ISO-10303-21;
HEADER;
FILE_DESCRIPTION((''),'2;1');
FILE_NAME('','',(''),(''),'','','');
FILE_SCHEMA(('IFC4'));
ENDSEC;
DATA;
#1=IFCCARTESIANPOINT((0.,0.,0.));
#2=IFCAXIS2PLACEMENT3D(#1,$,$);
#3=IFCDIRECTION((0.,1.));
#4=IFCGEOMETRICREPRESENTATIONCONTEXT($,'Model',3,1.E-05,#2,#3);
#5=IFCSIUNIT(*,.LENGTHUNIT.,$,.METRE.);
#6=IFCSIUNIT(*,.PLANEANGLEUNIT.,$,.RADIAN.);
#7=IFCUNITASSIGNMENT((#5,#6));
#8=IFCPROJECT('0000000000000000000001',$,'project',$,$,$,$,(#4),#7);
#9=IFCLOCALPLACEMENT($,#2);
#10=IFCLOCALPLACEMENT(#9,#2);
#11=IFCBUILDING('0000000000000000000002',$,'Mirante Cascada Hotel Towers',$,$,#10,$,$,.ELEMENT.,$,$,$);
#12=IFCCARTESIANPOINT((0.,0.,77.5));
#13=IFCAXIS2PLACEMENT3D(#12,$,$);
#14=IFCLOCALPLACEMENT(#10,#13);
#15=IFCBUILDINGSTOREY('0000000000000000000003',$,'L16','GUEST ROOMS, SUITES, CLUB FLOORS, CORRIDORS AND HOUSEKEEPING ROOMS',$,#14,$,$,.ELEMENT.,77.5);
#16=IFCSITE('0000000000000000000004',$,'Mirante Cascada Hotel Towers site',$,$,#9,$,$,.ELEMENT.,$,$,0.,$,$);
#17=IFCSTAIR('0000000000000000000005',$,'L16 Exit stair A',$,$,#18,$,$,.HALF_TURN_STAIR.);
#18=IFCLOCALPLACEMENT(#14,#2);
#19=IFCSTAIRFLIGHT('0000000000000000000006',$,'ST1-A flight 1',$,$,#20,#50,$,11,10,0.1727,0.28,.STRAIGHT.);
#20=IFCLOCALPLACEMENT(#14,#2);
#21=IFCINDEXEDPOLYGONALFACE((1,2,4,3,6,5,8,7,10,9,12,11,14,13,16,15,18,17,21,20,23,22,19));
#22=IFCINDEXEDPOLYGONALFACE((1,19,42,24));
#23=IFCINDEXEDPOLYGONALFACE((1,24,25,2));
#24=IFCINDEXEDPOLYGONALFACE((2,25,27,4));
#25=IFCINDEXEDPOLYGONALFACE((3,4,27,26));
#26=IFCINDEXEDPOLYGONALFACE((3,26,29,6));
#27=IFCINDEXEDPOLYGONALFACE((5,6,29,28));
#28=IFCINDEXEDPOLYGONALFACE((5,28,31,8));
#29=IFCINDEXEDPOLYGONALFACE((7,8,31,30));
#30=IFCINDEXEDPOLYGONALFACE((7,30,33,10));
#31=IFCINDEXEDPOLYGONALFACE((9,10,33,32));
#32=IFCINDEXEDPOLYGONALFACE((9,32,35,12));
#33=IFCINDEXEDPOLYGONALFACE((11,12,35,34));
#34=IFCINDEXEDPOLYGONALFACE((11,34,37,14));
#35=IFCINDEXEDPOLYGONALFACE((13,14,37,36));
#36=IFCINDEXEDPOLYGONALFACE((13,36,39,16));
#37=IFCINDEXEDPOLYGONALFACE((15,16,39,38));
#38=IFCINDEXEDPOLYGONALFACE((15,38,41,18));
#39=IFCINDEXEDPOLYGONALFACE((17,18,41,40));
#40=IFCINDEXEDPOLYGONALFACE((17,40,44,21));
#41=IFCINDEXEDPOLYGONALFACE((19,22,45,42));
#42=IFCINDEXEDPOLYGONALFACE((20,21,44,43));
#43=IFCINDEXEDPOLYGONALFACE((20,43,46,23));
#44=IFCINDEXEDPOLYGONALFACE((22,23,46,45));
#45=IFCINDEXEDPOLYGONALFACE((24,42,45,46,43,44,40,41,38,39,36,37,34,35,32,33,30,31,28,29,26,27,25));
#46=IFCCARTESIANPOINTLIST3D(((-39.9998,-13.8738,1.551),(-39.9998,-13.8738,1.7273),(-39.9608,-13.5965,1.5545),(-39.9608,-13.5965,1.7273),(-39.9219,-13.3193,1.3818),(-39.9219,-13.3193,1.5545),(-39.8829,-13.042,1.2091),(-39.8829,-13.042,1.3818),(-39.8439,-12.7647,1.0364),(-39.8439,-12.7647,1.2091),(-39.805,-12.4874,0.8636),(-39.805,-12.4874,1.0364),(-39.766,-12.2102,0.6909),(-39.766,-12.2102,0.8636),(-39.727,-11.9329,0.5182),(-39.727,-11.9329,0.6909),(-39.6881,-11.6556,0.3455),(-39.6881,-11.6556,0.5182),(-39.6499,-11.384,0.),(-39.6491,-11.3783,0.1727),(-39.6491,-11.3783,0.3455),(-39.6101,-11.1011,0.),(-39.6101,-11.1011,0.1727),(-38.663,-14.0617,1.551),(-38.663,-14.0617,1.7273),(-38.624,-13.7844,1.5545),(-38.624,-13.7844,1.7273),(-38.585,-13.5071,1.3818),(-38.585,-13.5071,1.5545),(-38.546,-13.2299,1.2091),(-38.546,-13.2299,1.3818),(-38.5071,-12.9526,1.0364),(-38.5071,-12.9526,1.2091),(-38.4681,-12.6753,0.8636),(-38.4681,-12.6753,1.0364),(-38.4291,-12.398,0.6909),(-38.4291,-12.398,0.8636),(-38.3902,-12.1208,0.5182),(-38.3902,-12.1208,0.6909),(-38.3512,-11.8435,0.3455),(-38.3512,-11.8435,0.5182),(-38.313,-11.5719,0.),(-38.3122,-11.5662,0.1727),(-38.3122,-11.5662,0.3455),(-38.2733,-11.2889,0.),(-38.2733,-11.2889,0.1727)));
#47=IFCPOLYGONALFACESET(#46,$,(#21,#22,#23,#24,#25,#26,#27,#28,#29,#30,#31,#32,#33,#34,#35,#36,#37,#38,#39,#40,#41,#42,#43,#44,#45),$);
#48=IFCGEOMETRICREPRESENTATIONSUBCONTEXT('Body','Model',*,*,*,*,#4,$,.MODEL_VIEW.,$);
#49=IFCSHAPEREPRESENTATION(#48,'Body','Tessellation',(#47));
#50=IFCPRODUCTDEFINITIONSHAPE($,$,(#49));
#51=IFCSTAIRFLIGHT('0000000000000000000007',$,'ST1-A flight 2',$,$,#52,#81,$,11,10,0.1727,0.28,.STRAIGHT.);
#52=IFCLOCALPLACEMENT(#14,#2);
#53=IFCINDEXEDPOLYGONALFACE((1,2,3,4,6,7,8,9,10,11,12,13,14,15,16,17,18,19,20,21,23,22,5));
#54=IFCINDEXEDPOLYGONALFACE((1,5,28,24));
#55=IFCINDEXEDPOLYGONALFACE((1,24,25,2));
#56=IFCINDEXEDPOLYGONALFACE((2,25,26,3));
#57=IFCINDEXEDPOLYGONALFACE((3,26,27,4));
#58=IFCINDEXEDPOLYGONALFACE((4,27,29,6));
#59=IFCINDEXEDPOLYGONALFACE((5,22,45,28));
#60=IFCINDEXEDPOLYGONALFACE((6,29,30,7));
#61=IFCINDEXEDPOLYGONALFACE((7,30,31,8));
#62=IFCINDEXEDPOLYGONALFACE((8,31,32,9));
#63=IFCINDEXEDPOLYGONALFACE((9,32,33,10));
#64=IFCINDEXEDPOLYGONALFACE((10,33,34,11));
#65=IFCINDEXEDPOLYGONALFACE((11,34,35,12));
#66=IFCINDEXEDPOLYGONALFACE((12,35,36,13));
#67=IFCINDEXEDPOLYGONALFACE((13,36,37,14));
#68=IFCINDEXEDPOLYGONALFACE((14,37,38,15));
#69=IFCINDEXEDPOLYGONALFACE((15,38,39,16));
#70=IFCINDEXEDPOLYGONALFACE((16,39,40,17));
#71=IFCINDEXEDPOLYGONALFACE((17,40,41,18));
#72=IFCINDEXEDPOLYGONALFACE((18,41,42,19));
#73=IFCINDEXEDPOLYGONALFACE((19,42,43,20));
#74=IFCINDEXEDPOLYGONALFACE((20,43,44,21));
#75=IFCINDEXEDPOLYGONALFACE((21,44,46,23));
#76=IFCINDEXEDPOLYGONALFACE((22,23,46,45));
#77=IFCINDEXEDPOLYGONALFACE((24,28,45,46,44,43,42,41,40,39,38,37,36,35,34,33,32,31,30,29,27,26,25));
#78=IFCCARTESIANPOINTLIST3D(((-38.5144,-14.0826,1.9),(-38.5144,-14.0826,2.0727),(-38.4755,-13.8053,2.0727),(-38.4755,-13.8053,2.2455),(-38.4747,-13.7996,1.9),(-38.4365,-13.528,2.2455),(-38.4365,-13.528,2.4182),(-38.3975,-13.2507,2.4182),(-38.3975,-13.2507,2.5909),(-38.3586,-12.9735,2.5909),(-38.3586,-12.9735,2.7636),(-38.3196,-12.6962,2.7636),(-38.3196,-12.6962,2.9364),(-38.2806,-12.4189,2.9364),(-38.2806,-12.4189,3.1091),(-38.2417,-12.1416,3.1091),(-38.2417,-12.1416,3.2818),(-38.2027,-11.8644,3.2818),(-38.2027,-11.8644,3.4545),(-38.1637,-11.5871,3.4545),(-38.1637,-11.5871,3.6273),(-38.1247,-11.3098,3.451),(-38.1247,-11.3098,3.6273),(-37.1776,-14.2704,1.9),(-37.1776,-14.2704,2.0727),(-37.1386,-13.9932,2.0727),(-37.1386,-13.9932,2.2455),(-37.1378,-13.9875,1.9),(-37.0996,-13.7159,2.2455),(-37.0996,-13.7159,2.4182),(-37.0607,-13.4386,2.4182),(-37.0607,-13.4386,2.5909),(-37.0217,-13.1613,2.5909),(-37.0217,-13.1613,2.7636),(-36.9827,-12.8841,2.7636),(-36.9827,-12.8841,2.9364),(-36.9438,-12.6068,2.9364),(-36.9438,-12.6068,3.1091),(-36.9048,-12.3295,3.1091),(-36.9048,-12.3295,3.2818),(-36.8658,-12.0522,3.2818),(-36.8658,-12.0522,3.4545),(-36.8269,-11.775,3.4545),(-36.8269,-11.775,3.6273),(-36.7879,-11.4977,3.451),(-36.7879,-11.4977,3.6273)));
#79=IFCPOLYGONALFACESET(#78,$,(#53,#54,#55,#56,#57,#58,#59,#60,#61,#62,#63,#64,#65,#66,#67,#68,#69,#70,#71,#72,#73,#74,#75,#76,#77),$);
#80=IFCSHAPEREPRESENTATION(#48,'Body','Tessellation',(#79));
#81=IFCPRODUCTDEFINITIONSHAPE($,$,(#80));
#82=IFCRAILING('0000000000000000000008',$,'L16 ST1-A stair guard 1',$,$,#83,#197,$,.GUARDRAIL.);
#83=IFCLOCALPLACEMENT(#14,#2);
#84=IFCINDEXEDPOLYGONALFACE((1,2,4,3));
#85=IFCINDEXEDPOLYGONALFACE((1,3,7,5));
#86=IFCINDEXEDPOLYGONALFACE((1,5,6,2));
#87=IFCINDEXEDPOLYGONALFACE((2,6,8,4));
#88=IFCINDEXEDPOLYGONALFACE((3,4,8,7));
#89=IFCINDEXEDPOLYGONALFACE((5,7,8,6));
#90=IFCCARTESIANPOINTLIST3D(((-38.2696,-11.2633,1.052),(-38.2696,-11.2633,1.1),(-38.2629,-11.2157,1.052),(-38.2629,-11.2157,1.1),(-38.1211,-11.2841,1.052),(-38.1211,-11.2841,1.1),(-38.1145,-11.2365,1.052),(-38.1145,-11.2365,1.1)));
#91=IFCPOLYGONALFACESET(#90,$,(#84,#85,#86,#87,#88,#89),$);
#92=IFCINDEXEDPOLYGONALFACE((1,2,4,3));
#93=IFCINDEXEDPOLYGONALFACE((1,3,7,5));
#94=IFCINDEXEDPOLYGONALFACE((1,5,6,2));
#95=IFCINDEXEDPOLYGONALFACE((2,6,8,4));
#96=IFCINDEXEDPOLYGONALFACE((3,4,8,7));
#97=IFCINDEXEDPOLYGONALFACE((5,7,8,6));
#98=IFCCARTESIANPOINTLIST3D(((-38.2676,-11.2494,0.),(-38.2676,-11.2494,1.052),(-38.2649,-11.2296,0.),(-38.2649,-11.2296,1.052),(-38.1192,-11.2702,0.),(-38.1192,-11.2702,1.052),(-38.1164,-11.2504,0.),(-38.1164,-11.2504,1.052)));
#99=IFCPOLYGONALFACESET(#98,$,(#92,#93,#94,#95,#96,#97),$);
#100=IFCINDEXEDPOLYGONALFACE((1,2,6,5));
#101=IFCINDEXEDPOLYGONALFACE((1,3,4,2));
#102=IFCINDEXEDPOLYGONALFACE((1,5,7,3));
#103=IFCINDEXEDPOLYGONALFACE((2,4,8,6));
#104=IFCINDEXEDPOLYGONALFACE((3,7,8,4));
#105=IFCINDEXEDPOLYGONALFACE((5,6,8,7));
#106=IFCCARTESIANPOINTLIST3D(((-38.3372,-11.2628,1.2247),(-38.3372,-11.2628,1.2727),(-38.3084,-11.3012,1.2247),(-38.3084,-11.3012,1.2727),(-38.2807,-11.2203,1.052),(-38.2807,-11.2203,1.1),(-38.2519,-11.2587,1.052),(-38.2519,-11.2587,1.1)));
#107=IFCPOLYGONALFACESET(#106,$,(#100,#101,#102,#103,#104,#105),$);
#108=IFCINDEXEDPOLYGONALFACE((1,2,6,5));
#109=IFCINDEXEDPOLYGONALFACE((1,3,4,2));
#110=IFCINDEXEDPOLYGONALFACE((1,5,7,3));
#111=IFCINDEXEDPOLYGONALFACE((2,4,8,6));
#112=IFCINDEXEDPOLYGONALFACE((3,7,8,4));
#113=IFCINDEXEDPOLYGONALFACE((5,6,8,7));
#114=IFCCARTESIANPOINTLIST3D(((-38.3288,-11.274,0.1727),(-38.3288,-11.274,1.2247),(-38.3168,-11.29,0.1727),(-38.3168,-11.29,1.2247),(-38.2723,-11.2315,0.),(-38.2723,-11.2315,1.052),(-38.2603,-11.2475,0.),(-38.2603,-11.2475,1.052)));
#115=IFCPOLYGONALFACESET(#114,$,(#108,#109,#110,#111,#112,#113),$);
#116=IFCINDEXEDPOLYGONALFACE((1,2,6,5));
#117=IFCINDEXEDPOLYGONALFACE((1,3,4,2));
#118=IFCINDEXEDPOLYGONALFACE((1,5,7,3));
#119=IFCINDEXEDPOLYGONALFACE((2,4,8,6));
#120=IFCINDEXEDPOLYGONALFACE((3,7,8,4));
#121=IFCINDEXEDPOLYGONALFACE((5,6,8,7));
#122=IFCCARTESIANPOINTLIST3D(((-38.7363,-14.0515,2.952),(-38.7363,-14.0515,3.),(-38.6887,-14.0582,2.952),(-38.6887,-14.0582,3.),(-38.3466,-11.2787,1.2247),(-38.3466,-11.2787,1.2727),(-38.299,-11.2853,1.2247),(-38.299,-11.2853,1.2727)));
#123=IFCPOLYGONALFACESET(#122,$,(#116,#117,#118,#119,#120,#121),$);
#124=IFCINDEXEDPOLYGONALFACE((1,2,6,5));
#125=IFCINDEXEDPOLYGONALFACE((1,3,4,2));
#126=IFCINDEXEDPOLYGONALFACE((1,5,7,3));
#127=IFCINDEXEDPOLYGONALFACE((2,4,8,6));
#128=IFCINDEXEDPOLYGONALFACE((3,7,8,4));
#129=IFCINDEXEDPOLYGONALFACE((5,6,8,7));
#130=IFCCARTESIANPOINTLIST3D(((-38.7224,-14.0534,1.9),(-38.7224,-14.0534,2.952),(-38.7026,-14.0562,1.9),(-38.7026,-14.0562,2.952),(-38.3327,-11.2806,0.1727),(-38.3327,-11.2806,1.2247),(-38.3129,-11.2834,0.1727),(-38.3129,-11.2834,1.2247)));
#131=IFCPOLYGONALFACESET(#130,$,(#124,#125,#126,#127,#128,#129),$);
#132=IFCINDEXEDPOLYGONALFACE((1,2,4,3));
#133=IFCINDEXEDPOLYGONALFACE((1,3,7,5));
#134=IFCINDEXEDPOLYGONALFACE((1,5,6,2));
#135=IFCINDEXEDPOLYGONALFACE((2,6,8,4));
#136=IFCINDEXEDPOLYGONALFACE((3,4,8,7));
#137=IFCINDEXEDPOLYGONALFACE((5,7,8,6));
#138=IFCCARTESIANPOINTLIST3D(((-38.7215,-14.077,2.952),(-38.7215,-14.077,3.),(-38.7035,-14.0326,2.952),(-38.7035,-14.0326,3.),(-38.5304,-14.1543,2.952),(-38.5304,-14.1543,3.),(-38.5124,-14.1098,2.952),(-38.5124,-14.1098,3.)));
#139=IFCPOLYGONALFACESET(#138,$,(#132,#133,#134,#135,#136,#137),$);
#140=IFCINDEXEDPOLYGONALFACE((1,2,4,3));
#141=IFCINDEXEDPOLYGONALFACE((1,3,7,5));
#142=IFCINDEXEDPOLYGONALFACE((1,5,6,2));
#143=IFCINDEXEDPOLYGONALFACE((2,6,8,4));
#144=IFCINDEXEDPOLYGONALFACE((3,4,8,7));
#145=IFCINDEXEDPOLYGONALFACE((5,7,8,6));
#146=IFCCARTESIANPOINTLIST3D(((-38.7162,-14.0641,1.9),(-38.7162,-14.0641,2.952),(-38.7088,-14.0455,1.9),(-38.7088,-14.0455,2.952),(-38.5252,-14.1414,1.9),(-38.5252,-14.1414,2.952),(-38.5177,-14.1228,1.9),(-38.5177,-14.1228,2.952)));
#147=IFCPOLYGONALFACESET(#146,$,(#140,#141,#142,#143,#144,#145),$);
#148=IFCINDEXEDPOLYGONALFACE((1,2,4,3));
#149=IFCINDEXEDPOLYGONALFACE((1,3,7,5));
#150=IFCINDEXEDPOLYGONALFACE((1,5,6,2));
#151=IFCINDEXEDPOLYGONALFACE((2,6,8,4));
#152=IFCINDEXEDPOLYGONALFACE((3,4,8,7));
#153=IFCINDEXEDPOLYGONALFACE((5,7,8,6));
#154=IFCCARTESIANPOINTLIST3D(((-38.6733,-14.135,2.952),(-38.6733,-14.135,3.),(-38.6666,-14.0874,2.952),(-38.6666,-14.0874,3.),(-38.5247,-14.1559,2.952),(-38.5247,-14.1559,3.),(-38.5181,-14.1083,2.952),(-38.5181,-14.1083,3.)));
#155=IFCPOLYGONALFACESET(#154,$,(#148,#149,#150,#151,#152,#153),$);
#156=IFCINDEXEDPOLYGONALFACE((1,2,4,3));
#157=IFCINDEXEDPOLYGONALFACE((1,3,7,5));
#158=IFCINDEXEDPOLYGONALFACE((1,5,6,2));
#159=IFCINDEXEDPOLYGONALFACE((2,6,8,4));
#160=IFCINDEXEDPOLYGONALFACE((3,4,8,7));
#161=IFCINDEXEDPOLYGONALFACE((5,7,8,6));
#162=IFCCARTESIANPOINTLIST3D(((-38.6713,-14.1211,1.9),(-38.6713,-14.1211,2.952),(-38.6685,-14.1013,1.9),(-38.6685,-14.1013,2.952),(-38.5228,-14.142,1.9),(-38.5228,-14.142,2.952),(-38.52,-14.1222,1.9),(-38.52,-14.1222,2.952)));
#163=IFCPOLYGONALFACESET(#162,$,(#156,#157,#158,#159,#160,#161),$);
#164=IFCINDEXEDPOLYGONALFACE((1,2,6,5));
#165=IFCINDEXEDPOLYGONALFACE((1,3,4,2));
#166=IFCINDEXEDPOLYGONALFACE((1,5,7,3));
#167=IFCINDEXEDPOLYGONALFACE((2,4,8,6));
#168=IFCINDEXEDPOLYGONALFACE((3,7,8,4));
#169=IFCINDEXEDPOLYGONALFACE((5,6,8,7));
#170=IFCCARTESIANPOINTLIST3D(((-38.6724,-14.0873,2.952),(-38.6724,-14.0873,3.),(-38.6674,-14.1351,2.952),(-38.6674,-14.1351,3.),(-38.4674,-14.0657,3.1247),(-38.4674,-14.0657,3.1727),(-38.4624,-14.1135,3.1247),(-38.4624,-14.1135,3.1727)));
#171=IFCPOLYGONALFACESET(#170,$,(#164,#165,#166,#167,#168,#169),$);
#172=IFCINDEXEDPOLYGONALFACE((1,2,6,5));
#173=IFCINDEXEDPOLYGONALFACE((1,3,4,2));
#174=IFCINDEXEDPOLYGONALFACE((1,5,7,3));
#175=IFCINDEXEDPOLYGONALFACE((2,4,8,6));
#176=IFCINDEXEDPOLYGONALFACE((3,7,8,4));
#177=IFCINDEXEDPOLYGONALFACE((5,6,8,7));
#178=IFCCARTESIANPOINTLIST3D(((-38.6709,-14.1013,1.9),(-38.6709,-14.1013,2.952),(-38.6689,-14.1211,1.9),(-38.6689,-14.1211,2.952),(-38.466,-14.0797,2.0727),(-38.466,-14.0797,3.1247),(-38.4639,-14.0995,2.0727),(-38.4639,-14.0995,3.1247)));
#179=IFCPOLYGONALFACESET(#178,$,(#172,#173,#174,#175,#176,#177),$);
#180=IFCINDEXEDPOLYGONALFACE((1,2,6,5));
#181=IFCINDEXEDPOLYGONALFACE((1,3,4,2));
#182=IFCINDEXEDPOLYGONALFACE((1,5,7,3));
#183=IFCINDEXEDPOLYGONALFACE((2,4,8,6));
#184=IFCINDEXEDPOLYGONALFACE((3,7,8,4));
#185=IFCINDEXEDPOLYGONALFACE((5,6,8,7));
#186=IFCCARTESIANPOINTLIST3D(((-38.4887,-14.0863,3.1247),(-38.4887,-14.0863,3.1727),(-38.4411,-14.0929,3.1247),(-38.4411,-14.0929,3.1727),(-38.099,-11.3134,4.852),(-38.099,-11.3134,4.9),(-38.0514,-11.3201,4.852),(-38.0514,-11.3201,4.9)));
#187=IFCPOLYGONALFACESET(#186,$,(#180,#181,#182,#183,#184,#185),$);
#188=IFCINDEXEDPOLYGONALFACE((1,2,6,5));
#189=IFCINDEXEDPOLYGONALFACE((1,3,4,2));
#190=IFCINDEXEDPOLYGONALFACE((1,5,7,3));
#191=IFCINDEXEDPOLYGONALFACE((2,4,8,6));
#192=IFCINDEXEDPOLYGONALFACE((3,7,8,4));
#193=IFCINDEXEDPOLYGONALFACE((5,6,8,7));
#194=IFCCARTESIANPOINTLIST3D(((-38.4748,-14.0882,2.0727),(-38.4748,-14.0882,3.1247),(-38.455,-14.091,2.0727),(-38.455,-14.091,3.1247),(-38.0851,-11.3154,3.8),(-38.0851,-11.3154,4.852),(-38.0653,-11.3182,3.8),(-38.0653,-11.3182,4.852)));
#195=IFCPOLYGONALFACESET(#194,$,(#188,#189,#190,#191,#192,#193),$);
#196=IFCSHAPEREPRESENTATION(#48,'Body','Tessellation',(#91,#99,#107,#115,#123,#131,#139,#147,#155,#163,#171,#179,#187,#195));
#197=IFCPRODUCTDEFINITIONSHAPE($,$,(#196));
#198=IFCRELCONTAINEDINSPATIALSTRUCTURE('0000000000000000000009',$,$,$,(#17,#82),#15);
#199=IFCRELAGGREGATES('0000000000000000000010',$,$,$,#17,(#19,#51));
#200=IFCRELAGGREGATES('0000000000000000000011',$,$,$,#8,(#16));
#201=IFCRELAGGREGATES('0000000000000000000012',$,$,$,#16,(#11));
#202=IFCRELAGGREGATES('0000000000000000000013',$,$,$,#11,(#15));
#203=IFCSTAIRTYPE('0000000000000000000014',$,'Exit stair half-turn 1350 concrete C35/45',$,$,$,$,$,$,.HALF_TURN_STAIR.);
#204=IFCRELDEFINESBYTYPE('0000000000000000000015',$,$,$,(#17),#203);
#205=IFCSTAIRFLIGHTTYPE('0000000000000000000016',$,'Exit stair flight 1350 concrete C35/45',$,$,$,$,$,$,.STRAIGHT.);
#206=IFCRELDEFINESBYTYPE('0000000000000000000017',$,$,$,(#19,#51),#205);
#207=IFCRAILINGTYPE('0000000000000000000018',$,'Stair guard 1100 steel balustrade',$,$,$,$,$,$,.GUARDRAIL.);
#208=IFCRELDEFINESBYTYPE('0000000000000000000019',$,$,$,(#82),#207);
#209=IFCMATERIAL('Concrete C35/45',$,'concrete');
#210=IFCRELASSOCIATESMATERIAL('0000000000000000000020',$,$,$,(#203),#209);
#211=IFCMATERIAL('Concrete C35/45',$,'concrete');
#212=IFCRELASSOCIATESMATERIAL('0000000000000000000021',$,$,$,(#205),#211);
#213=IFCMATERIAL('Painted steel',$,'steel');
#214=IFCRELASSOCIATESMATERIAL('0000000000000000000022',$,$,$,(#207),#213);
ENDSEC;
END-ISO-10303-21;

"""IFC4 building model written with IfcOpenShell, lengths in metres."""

from ifc_helpers import new_model, si_unit, direction, frame, origin, origin_2d, place, context, subcontext, project, spatial, polyline, rectangle, outline, extrude, material, type_object, element, aggregate, save


model = new_model("IFC4")

# Units and contexts
model_context = context("Model", 3, precision=1e-05, world=origin(), true_north=direction((0.0, 1.0)))
body_context = subcontext(model_context, "Body", "Model", "MODEL_VIEW")
ifc_project = project(units=[si_unit("LENGTHUNIT", "METRE"), si_unit("PLANEANGLEUNIT", "RADIAN")], contexts=[model_context])

# Site, building, storey
site_placement = place(None, origin())
site = spatial("IfcSite", under=ifc_project, at=site_placement, Name="Mirante Cascada Hotel Towers site", CompositionType="ELEMENT", RefElevation=0.0)
building_placement = place(site_placement, origin())
building = spatial("IfcBuilding", under=site, at=building_placement, Name="Mirante Cascada Hotel Towers", CompositionType="ELEMENT")
storey_placement = place(building_placement, frame((0.0, 0.0, 77.5)))
storey = spatial("IfcBuildingStorey", under=building, at=storey_placement, Name="L16", Description="GUEST ROOMS, SUITES, CLUB FLOORS, CORRIDORS AND HOUSEKEEPING ROOMS", CompositionType="ELEMENT", Elevation=77.5)

# Stair, stair flights
ifc_material_1 = material(Name="Concrete C35/45", Category="concrete")
stair_type = type_object("IfcStairType", Name="Exit stair half-turn 1350 concrete C35/45", PredefinedType="HALF_TURN_STAIR", material=ifc_material_1)
stair_placement = place(storey_placement, origin())
stair = element("IfcStair", 1, at=stair_placement, inside=storey, type_object=stair_type, Name="L16 Exit stair A", PredefinedType="HALF_TURN_STAIR")
ifc_material_2 = material(Name="Concrete C35/45", Category="concrete")
stair_flight_type = type_object("IfcStairFlightType", Name="Exit stair flight 1350 concrete C35/45", PredefinedType="STRAIGHT", material=ifc_material_2)
stair_flight_1_placement = place(storey_placement, frame((-38.9417, -11.195, 0.0), z_axis=(0.0, 0.0, 1.0), x_axis=(-0.139173, -0.990268, 0.0)))
stair_flight_1 = element("IfcStairFlight", 2, at=stair_flight_1_placement, type_object=stair_flight_type, Name="ST1-A flight 1", NumberOfRisers=11, NumberOfTreads=10, PredefinedType="STRAIGHT", RiserHeight=0.1727, TreadLength=0.28, context=body_context, shape_type="SweptSolid", body=[
    extrude(outline(polyline([(0.0, 0.0), (0.0, 0.1727), (0.28, 0.1727), (0.28, 0.3455), (0.56, 0.3455), (0.56, 0.5182), (0.84, 0.5182), (0.84, 0.6909), (1.12, 0.6909), (1.12, 0.8636), (1.4, 0.8636), (1.4, 1.0364), (1.68, 1.0364), (1.68, 1.2091), (1.96, 1.2091), (1.96, 1.3818), (2.24, 1.3818), (2.24, 1.5545), (2.52, 1.5545), (2.52, 1.7273), (2.8, 1.7273), (2.8, 1.9), (2.8, 1.551), (0.2857, 0.0), (0.0, 0.0)])), frame((0.0, 0.675, 0.0), z_axis=(0.0, -1.0, 0.0), x_axis=(1.0, 0.0, 0.0)), (0.0, 0.0, 1.0), 1.35),
])
stair_flight_2_placement = place(storey_placement, frame((-37.846, -14.1765, 1.9), z_axis=(0.0, 0.0, 1.0), x_axis=(0.139173, 0.990268, 0.0)))
stair_flight_2 = element("IfcStairFlight", 3, at=stair_flight_2_placement, type_object=stair_flight_type, Name="ST1-A flight 2", NumberOfRisers=11, NumberOfTreads=10, PredefinedType="STRAIGHT", RiserHeight=0.1727, TreadLength=0.28, context=body_context, shape_type="SweptSolid", body=[
    extrude(outline(polyline([(0.0, 0.0), (0.0, 0.1727), (0.28, 0.1727), (0.28, 0.3455), (0.56, 0.3455), (0.56, 0.5182), (0.84, 0.5182), (0.84, 0.6909), (1.12, 0.6909), (1.12, 0.8636), (1.4, 0.8636), (1.4, 1.0364), (1.68, 1.0364), (1.68, 1.2091), (1.96, 1.2091), (1.96, 1.3818), (2.24, 1.3818), (2.24, 1.5545), (2.52, 1.5545), (2.52, 1.7273), (2.8, 1.7273), (2.8, 1.9), (2.8, 1.551), (0.2857, 0.0), (0.0, 0.0)])), frame((0.0, 0.675, 0.0), z_axis=(0.0, -1.0, 0.0), x_axis=(1.0, 0.0, 0.0)), (0.0, 0.0, 1.0), 1.35),
])
aggregate(stair, [stair_flight_1, stair_flight_2])

# Railing
ifc_material_3 = material(Name="Painted steel", Category="steel")
railing_type_1 = type_object("IfcRailingType", Name="Stair guard 1100 steel balustrade", PredefinedType="GUARDRAIL", material=ifc_material_3)
railing_1_placement = place(storey_placement, frame((-38.1178, -11.2603, 0.0)))
element("IfcRailing", 4, at=railing_1_placement, inside=storey, type_object=railing_type_1, Name="L16 ST1-A stair guard 1", PredefinedType="GUARDRAIL", context=body_context, shape_type="SweptSolid", body=[
    extrude(rectangle(XDim=0.048, YDim=0.048, at=origin_2d()), frame((0.0, 0.0, 1.076), z_axis=(-0.990333, 0.138713, 0.0), x_axis=(-0.138713, -0.990333, 0.0)), (0.0, 0.0, 1.0), 0.1499),
    extrude(rectangle(XDim=0.02, YDim=1.052, at=origin_2d()), frame((0.0, 0.0, 0.526), z_axis=(-0.990333, 0.138713, 0.0), x_axis=(-0.138713, -0.990333, 0.0)), (0.0, 0.0, 1.0), 0.1499),
    extrude(rectangle(XDim=0.048, YDim=0.048, at=origin_2d()), frame((-0.1485, 0.0208, 1.076), z_axis=(-0.79915, -0.601131, 0.0), x_axis=(0.601131, -0.79915, 0.0)), (0.0, 0.925453, 0.378863), 0.1866),
    extrude(rectangle(XDim=0.02, YDim=1.052, at=origin_2d()), frame((-0.1485, 0.0208, 0.526), z_axis=(-0.79915, -0.601131, 0.0), x_axis=(0.601131, -0.79915, 0.0)), (0.0, 0.925453, 0.378863), 0.1866),
    extrude(rectangle(XDim=0.048, YDim=0.048, at=origin_2d()), frame((-0.205, -0.0217, 1.2487), z_axis=(-0.139176, -0.990268, 0.0), x_axis=(0.990268, -0.139176, 0.0)), (0.0, 0.525021, 0.851089), 3.29),
    extrude(rectangle(XDim=0.02, YDim=1.052, at=origin_2d()), frame((-0.205, -0.0217, 0.6987), z_axis=(-0.139176, -0.990268, 0.0), x_axis=(0.990268, -0.139176, 0.0)), (0.0, 0.525021, 0.851089), 3.29),
    extrude(rectangle(XDim=0.048, YDim=0.048, at=origin_2d()), frame((-0.5947, -2.7945, 2.976), z_axis=(0.927031, -0.374984, 0.0), x_axis=(0.374984, 0.927031, 0.0)), (0.0, 0.0, 1.0), 0.2061),
    extrude(rectangle(XDim=0.02, YDim=1.052, at=origin_2d()), frame((-0.5947, -2.7945, 2.426), z_axis=(0.927031, -0.374984, 0.0), x_axis=(0.374984, 0.927031, 0.0)), (0.0, 0.0, 1.0), 0.2061),
    extrude(rectangle(XDim=0.048, YDim=0.048, at=origin_2d()), frame((-0.4036, -2.8718, 2.976), z_axis=(-0.990241, 0.139367, 0.0), x_axis=(-0.139367, -0.990241, 0.0)), (0.0, 0.0, 1.0), 0.15),
    extrude(rectangle(XDim=0.02, YDim=1.052, at=origin_2d()), frame((-0.4036, -2.8718, 2.426), z_axis=(-0.990241, 0.139367, 0.0), x_axis=(-0.139367, -0.990241, 0.0)), (0.0, 0.0, 1.0), 0.15),
    extrude(rectangle(XDim=0.048, YDim=0.048, at=origin_2d()), frame((-0.5521, -2.8509, 2.976), z_axis=(0.994495, 0.104786, 0.0), x_axis=(-0.104786, 0.994495, 0.0)), (0.0, 0.642203, 0.766534), 0.2689),
    extrude(rectangle(XDim=0.02, YDim=1.052, at=origin_2d()), frame((-0.5521, -2.8509, 2.426), z_axis=(0.994495, 0.104786, 0.0), x_axis=(-0.104786, 0.994495, 0.0)), (0.0, 0.642203, 0.766534), 0.2689),
    extrude(rectangle(XDim=0.048, YDim=0.048, at=origin_2d()), frame((-0.3471, -2.8293, 3.1487), z_axis=(0.139176, 0.990268, 0.0), x_axis=(-0.990268, 0.139176, 0.0)), (0.0, 0.525021, 0.851089), 3.29),
    extrude(rectangle(XDim=0.02, YDim=1.052, at=origin_2d()), frame((-0.3471, -2.8293, 2.5987), z_axis=(0.139176, 0.990268, 0.0), x_axis=(-0.990268, 0.139176, 0.0)), (0.0, 0.525021, 0.851089), 3.29),
])

save(model, "model.ifc")
